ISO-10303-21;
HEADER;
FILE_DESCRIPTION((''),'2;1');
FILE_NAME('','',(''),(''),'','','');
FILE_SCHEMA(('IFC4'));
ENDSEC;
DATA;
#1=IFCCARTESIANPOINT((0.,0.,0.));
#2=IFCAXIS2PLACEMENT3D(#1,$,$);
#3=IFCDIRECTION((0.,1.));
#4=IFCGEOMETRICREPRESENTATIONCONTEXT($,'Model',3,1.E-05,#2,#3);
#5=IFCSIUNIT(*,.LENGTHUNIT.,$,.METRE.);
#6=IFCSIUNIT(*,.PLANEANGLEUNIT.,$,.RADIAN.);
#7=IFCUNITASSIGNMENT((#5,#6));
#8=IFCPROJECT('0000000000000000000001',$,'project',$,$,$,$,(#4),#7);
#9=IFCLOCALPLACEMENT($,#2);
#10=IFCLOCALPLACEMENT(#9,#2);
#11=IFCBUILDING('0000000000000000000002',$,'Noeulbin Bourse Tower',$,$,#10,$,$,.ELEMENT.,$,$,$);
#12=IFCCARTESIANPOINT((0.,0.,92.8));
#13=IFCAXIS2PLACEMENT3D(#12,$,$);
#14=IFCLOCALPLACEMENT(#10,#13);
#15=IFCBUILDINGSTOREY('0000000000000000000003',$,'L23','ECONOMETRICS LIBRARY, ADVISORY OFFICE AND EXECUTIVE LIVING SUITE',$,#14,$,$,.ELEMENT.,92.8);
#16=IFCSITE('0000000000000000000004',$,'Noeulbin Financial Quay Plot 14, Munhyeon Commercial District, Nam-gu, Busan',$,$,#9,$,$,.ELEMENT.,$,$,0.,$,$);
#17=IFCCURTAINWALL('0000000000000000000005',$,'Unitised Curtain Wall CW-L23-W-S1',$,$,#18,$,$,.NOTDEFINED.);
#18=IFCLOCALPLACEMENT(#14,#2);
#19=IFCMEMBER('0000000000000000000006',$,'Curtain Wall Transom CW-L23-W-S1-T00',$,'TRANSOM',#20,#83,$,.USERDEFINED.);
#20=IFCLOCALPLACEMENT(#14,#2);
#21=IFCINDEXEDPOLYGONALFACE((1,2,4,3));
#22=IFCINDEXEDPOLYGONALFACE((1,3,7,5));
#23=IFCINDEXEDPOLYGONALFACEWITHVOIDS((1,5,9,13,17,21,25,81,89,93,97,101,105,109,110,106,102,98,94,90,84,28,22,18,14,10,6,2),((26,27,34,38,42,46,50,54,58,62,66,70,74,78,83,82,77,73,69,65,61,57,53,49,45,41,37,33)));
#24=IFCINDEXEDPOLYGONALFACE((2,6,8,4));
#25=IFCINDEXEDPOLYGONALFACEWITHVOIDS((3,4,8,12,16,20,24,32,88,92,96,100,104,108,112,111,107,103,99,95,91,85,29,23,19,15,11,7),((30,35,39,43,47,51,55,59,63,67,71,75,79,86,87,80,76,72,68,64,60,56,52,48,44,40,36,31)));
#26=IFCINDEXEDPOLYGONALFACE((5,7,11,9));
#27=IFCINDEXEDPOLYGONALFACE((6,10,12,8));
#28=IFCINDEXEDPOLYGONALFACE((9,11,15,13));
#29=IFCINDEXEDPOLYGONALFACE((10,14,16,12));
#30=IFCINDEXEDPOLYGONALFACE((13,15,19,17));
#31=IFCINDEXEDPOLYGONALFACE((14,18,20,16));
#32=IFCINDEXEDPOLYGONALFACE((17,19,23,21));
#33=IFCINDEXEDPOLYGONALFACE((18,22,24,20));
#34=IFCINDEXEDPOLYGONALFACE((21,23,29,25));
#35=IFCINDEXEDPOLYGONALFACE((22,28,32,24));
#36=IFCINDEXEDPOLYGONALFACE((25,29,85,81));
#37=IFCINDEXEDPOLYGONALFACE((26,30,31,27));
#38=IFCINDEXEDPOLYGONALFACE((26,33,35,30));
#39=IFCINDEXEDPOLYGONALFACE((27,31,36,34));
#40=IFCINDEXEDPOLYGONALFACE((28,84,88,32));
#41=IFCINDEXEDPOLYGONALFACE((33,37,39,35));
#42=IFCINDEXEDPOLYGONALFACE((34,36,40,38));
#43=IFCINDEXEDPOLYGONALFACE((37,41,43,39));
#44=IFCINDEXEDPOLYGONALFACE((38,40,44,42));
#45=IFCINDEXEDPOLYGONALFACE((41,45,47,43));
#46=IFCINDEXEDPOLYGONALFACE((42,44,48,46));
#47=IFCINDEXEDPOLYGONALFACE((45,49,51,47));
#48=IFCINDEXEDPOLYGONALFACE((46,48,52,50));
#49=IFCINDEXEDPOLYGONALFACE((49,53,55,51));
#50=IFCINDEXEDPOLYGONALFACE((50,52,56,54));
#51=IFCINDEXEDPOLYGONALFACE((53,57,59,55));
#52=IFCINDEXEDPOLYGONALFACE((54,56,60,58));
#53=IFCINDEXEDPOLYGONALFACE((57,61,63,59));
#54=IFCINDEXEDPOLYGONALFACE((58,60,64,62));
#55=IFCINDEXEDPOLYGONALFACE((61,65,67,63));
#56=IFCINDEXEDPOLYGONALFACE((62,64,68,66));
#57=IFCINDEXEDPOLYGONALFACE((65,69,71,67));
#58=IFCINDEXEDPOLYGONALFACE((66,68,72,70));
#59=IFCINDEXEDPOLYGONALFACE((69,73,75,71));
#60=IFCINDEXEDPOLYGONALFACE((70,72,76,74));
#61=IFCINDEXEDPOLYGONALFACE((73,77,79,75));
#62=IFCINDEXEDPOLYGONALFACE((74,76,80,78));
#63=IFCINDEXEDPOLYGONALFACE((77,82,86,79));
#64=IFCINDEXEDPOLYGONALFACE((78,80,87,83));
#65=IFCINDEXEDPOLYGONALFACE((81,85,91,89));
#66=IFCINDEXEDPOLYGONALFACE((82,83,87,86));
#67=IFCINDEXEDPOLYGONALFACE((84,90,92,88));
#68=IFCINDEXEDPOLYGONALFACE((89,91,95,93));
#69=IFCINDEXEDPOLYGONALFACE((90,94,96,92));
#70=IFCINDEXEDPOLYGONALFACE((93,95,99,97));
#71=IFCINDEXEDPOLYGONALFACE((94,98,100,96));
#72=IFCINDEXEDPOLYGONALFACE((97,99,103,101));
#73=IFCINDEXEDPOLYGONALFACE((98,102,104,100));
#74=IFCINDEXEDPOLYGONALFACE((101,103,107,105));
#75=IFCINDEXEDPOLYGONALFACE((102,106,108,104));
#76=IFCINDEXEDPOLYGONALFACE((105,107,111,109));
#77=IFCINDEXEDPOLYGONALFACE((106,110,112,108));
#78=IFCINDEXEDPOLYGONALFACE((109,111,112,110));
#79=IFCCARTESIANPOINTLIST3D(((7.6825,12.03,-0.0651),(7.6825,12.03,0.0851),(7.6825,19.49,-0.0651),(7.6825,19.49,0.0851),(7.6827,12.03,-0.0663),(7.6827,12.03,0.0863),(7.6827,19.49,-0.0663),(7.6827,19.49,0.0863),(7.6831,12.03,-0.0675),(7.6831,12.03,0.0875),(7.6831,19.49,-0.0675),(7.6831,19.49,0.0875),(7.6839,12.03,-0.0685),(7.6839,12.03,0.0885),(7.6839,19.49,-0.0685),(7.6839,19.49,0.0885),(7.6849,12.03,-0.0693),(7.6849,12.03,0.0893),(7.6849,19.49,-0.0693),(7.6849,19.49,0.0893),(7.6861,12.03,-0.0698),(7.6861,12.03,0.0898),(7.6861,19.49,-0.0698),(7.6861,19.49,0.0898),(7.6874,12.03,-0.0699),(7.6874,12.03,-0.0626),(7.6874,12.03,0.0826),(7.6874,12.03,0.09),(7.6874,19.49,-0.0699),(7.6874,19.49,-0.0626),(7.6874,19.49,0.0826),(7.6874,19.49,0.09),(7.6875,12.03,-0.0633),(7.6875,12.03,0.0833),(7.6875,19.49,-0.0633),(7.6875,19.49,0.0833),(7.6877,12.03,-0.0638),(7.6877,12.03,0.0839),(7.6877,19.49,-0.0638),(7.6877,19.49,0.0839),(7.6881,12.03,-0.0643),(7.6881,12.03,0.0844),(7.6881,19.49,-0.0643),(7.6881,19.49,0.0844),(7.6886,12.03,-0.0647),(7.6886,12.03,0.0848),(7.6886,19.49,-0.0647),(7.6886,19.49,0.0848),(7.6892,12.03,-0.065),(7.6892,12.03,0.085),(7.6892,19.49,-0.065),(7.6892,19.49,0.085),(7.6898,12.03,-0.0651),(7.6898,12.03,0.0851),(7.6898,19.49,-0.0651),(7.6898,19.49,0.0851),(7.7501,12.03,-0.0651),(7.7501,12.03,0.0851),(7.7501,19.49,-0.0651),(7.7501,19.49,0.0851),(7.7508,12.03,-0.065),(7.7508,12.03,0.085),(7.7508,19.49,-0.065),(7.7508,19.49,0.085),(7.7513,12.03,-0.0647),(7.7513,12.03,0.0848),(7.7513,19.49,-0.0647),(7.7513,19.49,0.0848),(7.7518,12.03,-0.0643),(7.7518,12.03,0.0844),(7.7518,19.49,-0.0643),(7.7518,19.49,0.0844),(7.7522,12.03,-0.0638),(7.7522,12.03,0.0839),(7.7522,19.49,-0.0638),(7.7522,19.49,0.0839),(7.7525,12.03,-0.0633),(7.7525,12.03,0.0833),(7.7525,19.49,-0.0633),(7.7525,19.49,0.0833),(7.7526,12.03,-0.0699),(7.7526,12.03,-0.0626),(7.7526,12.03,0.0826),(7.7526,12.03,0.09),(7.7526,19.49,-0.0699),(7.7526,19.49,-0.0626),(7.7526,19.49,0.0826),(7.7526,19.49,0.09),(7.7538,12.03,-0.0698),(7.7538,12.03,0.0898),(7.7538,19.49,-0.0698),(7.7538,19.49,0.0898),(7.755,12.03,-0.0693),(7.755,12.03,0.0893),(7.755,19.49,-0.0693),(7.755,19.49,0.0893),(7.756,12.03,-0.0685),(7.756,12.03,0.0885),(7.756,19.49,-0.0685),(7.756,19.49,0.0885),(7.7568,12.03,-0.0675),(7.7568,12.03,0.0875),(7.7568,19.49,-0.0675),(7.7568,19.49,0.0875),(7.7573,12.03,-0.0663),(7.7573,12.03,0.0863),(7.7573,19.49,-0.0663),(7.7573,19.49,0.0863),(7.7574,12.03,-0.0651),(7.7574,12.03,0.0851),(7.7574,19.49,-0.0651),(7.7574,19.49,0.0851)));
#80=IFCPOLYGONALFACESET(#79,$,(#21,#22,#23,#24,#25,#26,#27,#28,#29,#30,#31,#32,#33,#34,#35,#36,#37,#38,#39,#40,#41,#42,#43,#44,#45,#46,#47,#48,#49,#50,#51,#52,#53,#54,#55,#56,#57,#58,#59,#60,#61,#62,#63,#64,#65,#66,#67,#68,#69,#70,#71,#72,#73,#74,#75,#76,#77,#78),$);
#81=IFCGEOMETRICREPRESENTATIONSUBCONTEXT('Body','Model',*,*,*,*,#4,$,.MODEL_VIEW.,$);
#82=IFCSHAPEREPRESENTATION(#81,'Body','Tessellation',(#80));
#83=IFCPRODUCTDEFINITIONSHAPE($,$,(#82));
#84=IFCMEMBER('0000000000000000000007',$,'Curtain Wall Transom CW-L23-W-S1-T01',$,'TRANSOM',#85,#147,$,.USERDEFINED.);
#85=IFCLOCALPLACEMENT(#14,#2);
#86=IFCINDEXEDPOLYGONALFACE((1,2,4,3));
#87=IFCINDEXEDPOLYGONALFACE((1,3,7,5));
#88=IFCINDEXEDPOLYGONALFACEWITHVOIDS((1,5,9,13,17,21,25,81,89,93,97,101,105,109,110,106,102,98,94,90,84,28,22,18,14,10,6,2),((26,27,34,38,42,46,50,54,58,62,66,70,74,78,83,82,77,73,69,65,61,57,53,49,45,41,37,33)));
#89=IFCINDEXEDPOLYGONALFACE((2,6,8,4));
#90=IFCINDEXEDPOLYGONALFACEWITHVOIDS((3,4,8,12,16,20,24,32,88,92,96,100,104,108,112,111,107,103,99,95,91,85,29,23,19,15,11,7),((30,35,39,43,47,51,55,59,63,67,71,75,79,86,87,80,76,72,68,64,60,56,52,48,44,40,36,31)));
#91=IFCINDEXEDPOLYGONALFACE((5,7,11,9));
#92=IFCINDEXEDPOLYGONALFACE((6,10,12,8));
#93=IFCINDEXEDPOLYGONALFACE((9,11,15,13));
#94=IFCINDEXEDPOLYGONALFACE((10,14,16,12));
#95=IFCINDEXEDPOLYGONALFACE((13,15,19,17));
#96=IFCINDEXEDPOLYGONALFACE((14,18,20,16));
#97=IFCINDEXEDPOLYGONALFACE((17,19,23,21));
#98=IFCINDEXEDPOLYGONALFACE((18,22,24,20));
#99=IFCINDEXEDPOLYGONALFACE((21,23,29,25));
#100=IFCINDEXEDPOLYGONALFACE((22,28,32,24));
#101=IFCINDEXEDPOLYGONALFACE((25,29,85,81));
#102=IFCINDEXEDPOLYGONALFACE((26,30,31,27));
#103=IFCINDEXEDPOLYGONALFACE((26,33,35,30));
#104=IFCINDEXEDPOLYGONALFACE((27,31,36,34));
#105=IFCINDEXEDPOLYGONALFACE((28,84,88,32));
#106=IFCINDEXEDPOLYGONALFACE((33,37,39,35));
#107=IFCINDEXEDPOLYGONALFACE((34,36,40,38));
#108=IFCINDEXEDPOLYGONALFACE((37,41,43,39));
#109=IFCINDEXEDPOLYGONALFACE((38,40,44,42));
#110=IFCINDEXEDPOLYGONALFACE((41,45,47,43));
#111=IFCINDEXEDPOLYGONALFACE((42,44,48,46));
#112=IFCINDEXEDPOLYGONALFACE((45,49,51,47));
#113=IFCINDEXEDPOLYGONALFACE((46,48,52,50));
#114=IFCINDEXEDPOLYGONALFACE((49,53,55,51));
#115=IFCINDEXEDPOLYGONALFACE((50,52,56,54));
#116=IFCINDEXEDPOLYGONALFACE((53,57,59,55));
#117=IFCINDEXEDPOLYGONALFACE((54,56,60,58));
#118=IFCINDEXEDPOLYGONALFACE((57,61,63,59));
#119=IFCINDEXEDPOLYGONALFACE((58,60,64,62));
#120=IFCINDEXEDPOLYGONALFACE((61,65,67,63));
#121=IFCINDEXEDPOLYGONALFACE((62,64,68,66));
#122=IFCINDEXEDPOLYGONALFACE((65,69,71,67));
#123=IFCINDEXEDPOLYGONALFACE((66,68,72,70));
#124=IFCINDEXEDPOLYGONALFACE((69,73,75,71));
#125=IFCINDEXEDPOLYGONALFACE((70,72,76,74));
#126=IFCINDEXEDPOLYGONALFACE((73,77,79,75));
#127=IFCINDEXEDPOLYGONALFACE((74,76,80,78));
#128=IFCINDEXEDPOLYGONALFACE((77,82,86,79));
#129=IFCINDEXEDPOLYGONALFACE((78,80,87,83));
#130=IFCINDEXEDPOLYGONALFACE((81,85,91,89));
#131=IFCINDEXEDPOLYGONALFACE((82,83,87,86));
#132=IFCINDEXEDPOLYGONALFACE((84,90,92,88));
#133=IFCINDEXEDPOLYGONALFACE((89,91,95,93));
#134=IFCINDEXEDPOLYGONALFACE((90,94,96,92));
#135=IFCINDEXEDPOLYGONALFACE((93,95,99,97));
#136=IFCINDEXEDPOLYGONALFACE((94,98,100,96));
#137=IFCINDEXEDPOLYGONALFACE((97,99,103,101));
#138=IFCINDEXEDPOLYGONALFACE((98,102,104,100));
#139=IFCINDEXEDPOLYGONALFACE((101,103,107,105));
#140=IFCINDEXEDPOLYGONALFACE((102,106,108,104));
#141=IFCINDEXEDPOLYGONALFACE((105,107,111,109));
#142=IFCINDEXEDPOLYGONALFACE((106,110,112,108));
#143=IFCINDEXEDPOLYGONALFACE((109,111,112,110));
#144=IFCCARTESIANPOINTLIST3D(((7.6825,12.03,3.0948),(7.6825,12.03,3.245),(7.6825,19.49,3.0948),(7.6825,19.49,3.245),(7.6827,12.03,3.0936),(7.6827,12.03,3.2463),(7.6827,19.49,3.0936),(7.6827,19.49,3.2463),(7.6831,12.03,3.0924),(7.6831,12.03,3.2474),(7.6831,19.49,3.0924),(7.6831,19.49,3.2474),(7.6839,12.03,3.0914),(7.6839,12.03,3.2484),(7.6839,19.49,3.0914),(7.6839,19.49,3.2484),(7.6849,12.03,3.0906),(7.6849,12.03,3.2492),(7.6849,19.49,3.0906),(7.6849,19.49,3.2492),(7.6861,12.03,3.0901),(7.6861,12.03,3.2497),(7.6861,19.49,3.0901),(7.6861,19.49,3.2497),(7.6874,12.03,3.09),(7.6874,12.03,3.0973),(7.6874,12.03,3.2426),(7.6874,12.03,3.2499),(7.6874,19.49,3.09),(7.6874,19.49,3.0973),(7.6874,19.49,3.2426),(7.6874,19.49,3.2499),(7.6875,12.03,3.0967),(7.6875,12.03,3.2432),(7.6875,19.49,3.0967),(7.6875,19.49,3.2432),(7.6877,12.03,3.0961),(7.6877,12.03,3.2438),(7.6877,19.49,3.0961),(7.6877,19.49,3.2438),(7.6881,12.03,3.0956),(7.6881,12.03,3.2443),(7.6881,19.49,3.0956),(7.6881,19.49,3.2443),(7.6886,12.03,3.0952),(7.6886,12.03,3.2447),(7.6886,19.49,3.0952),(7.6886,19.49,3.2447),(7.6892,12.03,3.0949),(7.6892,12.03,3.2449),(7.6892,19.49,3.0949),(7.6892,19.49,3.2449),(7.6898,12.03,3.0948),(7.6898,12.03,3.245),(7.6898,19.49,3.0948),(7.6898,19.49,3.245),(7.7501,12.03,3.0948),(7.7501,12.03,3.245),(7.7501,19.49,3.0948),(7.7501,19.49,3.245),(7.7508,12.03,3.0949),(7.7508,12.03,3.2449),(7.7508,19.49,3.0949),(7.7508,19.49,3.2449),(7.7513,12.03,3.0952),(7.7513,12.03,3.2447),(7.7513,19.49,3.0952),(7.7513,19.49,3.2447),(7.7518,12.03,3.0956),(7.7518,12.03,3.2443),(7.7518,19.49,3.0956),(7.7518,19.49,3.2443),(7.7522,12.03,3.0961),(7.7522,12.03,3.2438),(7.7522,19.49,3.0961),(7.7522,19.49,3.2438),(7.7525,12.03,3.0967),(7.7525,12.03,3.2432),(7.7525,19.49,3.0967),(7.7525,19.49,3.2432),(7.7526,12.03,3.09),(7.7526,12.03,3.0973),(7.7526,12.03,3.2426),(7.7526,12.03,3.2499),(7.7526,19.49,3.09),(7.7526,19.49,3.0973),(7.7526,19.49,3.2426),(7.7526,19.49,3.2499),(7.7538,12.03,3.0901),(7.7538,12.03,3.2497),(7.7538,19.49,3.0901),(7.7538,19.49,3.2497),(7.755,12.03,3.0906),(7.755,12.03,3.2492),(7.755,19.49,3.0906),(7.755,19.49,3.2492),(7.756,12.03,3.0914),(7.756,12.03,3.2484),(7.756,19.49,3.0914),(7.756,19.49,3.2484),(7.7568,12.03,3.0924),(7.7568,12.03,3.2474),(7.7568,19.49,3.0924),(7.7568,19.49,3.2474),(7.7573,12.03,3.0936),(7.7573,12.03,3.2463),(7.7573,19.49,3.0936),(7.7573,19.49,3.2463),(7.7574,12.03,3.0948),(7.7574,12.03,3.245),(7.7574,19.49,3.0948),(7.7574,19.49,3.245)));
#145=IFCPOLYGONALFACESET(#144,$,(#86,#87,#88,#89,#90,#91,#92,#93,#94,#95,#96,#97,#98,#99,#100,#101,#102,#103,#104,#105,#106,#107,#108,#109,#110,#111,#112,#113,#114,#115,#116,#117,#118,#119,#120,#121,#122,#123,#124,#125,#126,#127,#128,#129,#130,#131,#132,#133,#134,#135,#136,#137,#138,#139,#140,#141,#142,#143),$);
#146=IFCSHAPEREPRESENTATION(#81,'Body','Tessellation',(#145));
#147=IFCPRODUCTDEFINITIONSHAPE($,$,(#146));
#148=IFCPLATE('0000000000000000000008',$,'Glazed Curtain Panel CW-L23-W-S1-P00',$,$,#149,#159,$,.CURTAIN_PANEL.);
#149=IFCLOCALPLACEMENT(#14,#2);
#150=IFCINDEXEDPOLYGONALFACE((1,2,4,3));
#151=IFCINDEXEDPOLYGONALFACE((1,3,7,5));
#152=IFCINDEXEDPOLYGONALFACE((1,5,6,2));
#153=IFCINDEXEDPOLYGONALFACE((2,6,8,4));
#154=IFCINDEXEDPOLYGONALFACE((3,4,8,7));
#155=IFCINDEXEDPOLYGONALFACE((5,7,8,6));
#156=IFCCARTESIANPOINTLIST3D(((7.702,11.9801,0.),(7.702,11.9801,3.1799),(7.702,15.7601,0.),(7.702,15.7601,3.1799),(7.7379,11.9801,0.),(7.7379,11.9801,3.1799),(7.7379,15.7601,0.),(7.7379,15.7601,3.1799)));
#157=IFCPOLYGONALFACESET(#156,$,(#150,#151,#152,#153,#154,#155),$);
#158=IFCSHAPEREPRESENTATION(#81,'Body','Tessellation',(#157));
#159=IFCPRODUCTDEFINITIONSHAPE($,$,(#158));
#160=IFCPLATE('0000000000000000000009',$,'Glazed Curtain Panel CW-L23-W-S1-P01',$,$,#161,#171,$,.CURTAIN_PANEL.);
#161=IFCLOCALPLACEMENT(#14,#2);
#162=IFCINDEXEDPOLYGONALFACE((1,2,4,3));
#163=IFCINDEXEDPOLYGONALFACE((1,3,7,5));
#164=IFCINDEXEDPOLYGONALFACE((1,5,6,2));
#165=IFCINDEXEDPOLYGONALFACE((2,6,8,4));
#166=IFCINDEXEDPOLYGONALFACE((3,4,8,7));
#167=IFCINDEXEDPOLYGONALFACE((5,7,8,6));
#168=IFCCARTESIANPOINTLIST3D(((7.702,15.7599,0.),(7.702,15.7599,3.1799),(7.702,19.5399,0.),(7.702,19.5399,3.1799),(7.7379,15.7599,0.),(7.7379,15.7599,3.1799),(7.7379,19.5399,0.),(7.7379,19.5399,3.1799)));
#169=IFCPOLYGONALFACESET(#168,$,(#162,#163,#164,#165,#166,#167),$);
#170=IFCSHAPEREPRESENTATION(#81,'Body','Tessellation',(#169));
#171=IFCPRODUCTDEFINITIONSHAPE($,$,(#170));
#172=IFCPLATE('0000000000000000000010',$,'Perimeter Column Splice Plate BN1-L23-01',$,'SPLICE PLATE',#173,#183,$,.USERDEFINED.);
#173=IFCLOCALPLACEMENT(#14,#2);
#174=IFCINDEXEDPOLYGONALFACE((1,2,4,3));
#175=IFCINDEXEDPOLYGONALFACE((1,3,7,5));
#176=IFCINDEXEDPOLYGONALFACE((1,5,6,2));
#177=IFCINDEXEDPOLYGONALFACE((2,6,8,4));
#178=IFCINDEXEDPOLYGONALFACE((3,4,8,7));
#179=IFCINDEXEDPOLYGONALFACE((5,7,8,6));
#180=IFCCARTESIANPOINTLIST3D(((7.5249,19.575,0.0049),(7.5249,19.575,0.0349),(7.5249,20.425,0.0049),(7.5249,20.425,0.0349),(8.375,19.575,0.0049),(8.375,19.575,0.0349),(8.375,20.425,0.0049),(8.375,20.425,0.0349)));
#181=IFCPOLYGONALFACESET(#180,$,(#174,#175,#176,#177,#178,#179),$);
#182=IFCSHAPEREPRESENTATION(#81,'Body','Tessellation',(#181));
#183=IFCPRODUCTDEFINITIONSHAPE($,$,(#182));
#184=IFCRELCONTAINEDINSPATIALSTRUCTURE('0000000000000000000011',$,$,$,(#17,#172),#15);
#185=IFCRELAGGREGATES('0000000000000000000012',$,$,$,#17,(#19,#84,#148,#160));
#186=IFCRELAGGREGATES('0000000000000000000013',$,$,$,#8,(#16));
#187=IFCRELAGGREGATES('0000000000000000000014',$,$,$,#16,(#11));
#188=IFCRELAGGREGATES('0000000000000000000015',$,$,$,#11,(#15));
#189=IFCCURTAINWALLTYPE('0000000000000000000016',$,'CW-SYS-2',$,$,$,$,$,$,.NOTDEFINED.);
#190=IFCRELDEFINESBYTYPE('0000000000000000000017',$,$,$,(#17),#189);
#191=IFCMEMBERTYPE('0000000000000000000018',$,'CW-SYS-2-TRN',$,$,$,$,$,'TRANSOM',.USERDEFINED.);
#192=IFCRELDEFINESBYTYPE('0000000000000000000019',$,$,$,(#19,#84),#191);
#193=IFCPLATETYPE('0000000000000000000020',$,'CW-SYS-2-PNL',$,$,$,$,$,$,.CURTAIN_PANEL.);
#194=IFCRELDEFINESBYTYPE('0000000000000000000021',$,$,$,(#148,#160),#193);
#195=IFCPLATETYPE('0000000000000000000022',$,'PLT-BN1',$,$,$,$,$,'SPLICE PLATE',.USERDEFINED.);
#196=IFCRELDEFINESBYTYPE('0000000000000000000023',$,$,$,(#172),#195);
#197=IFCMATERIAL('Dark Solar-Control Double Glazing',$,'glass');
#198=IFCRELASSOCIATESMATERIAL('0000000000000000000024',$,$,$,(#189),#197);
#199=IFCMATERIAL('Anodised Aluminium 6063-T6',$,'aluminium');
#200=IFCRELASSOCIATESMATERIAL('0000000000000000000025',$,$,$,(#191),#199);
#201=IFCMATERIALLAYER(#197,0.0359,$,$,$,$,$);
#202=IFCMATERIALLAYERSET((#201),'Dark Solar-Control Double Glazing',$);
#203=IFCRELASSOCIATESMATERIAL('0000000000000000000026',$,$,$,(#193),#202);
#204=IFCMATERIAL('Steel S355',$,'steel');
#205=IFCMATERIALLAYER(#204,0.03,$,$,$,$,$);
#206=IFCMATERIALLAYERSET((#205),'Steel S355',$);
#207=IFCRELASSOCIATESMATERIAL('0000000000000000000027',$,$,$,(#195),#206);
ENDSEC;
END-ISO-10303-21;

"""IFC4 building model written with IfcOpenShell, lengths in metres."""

from ifc_helpers import new_model, si_unit, direction, frame, origin, origin_2d, place, context, subcontext, project, spatial, rectangle, hollow_rectangle, extrude, material, layer, layer_set, material_profile, profile_set, type_object, element, aggregate, save


model = new_model("IFC4")

# Units and contexts
model_context = context("Model", 3, precision=1e-05, world=origin(), true_north=direction((0.0, 1.0)))
body_context = subcontext(model_context, "Body", "Model", "MODEL_VIEW")
ifc_project = project(units=[si_unit("LENGTHUNIT", "METRE"), si_unit("PLANEANGLEUNIT", "RADIAN")], contexts=[model_context])

# Site, building, storey
site_placement = place(None, origin())
site = spatial("IfcSite", under=ifc_project, at=site_placement, Name="Noeulbin Financial Quay Plot 14, Munhyeon Commercial District, Nam-gu, Busan", CompositionType="ELEMENT", RefElevation=0.0)
building_placement = place(site_placement, origin())
building = spatial("IfcBuilding", under=site, at=building_placement, Name="Noeulbin Bourse Tower", CompositionType="ELEMENT")
storey_placement = place(building_placement, frame((0.0, 0.0, 92.8)))
storey = spatial("IfcBuildingStorey", under=building, at=storey_placement, Name="L23", Description="ECONOMETRICS LIBRARY, ADVISORY OFFICE AND EXECUTIVE LIVING SUITE", CompositionType="ELEMENT", Elevation=92.8)

# Curtain wall, members, plates
ifc_material_1 = material(Name="Dark Solar-Control Double Glazing", Category="glass")
curtain_wall_type = type_object("IfcCurtainWallType", Name="CW-SYS-2", PredefinedType="NOTDEFINED", material=ifc_material_1)
curtain_wall_placement = place(storey_placement, origin())
curtain_wall = element("IfcCurtainWall", 1, at=curtain_wall_placement, inside=storey, type_object=curtain_wall_type, Name="Unitised Curtain Wall CW-L23-W-S1", PredefinedType="NOTDEFINED")
ifc_material_2 = material(Name="Anodised Aluminium 6063-T6", Category="aluminium")
ifc_material_profile_1 = material_profile(ifc_material_2, hollow_rectangle(XDim=0.075, YDim=0.1599, WallThickness=0.0049, InnerFilletRadius=0.0024, OuterFilletRadius=0.0049, at=origin_2d()), Name="ALU-TRAN-75x160x5", Category="LoadBearing")
ifc_profile_set_1 = profile_set([ifc_material_profile_1], Name="Anodised Aluminium 6063-T6")
member_type_1 = type_object("IfcMemberType", Name="CW-SYS-2-TRN", ElementType="TRANSOM", PredefinedType="USERDEFINED", material=ifc_profile_set_1)
member_1_placement = place(storey_placement, frame((7.72, 12.03, 0.01), z_axis=(0.0, 1.0, 0.0), x_axis=(-1.0, 0.0, 0.0)))
member_1 = element("IfcMember", 2, at=member_1_placement, type_object=member_type_1, Name="Curtain Wall Transom CW-L23-W-S1-T00", ObjectType="TRANSOM", PredefinedType="USERDEFINED", context=body_context, shape_type="SweptSolid", body=[
    extrude(hollow_rectangle(XDim=0.075, YDim=0.1599, WallThickness=0.0049, InnerFilletRadius=0.0024, OuterFilletRadius=0.0049, at=origin_2d()), origin(), (0.0, 0.0, 1.0), 7.46),
])
member_2_placement = place(storey_placement, frame((7.72, 12.03, 3.1699), z_axis=(0.0, 1.0, 0.0), x_axis=(-1.0, 0.0, 0.0)))
member_2 = element("IfcMember", 3, at=member_2_placement, type_object=member_type_1, Name="Curtain Wall Transom CW-L23-W-S1-T01", ObjectType="TRANSOM", PredefinedType="USERDEFINED", context=body_context, shape_type="SweptSolid", body=[
    extrude(hollow_rectangle(XDim=0.075, YDim=0.1599, WallThickness=0.0049, InnerFilletRadius=0.0024, OuterFilletRadius=0.0049, at=origin_2d()), origin(), (0.0, 0.0, 1.0), 7.46),
])
ifc_layer_1 = layer(ifc_material_1, 0.0359)
ifc_layer_set_1 = layer_set([ifc_layer_1], Name="Dark Solar-Control Double Glazing")
plate_type_1 = type_object("IfcPlateType", Name="CW-SYS-2-PNL", PredefinedType="CURTAIN_PANEL", material=ifc_layer_set_1)
plate_1_placement = place(storey_placement, frame((7.72, 13.8701, 0.0), z_axis=(0.0, 0.0, 1.0), x_axis=(0.0, 1.0, 0.0)))
plate_1 = element("IfcPlate", 4, at=plate_1_placement, type_object=plate_type_1, Name="Glazed Curtain Panel CW-L23-W-S1-P00", PredefinedType="CURTAIN_PANEL", context=body_context, shape_type="SweptSolid", body=[
    extrude(rectangle(XDim=3.78, YDim=0.0359, at=origin_2d()), origin(), (0.0, 0.0, 1.0), 3.1799),
])
plate_2_placement = place(storey_placement, frame((7.72, 17.6499, 0.0), z_axis=(0.0, 0.0, 1.0), x_axis=(0.0, 1.0, 0.0)))
plate_2 = element("IfcPlate", 5, at=plate_2_placement, type_object=plate_type_1, Name="Glazed Curtain Panel CW-L23-W-S1-P01", PredefinedType="CURTAIN_PANEL", context=body_context, shape_type="SweptSolid", body=[
    extrude(rectangle(XDim=3.78, YDim=0.0359, at=origin_2d()), origin(), (0.0, 0.0, 1.0), 3.1799),
])
aggregate(curtain_wall, [member_1, member_2, plate_1, plate_2])

# Plate
ifc_material_3 = material(Name="Steel S355", Category="steel")
ifc_layer_2 = layer(ifc_material_3, 0.03)
ifc_layer_set_2 = layer_set([ifc_layer_2], Name="Steel S355")
plate_type_2 = type_object("IfcPlateType", Name="PLT-BN1", ElementType="SPLICE PLATE", PredefinedType="USERDEFINED", material=ifc_layer_set_2)
plate_3_placement = place(storey_placement, frame((7.95, 20.0, 0.0049), z_axis=(0.0, 0.0, 1.0), x_axis=(1.0, 0.0, 0.0)))
element("IfcPlate", 6, at=plate_3_placement, inside=storey, type_object=plate_type_2, Name="Perimeter Column Splice Plate BN1-L23-01", ObjectType="SPLICE PLATE", PredefinedType="USERDEFINED", context=body_context, shape_type="SweptSolid", body=[
    extrude(rectangle(XDim=0.8501, YDim=0.8501, at=origin_2d()), origin(), (0.0, 0.0, 1.0), 0.03),
])

save(model, "model.ifc")
